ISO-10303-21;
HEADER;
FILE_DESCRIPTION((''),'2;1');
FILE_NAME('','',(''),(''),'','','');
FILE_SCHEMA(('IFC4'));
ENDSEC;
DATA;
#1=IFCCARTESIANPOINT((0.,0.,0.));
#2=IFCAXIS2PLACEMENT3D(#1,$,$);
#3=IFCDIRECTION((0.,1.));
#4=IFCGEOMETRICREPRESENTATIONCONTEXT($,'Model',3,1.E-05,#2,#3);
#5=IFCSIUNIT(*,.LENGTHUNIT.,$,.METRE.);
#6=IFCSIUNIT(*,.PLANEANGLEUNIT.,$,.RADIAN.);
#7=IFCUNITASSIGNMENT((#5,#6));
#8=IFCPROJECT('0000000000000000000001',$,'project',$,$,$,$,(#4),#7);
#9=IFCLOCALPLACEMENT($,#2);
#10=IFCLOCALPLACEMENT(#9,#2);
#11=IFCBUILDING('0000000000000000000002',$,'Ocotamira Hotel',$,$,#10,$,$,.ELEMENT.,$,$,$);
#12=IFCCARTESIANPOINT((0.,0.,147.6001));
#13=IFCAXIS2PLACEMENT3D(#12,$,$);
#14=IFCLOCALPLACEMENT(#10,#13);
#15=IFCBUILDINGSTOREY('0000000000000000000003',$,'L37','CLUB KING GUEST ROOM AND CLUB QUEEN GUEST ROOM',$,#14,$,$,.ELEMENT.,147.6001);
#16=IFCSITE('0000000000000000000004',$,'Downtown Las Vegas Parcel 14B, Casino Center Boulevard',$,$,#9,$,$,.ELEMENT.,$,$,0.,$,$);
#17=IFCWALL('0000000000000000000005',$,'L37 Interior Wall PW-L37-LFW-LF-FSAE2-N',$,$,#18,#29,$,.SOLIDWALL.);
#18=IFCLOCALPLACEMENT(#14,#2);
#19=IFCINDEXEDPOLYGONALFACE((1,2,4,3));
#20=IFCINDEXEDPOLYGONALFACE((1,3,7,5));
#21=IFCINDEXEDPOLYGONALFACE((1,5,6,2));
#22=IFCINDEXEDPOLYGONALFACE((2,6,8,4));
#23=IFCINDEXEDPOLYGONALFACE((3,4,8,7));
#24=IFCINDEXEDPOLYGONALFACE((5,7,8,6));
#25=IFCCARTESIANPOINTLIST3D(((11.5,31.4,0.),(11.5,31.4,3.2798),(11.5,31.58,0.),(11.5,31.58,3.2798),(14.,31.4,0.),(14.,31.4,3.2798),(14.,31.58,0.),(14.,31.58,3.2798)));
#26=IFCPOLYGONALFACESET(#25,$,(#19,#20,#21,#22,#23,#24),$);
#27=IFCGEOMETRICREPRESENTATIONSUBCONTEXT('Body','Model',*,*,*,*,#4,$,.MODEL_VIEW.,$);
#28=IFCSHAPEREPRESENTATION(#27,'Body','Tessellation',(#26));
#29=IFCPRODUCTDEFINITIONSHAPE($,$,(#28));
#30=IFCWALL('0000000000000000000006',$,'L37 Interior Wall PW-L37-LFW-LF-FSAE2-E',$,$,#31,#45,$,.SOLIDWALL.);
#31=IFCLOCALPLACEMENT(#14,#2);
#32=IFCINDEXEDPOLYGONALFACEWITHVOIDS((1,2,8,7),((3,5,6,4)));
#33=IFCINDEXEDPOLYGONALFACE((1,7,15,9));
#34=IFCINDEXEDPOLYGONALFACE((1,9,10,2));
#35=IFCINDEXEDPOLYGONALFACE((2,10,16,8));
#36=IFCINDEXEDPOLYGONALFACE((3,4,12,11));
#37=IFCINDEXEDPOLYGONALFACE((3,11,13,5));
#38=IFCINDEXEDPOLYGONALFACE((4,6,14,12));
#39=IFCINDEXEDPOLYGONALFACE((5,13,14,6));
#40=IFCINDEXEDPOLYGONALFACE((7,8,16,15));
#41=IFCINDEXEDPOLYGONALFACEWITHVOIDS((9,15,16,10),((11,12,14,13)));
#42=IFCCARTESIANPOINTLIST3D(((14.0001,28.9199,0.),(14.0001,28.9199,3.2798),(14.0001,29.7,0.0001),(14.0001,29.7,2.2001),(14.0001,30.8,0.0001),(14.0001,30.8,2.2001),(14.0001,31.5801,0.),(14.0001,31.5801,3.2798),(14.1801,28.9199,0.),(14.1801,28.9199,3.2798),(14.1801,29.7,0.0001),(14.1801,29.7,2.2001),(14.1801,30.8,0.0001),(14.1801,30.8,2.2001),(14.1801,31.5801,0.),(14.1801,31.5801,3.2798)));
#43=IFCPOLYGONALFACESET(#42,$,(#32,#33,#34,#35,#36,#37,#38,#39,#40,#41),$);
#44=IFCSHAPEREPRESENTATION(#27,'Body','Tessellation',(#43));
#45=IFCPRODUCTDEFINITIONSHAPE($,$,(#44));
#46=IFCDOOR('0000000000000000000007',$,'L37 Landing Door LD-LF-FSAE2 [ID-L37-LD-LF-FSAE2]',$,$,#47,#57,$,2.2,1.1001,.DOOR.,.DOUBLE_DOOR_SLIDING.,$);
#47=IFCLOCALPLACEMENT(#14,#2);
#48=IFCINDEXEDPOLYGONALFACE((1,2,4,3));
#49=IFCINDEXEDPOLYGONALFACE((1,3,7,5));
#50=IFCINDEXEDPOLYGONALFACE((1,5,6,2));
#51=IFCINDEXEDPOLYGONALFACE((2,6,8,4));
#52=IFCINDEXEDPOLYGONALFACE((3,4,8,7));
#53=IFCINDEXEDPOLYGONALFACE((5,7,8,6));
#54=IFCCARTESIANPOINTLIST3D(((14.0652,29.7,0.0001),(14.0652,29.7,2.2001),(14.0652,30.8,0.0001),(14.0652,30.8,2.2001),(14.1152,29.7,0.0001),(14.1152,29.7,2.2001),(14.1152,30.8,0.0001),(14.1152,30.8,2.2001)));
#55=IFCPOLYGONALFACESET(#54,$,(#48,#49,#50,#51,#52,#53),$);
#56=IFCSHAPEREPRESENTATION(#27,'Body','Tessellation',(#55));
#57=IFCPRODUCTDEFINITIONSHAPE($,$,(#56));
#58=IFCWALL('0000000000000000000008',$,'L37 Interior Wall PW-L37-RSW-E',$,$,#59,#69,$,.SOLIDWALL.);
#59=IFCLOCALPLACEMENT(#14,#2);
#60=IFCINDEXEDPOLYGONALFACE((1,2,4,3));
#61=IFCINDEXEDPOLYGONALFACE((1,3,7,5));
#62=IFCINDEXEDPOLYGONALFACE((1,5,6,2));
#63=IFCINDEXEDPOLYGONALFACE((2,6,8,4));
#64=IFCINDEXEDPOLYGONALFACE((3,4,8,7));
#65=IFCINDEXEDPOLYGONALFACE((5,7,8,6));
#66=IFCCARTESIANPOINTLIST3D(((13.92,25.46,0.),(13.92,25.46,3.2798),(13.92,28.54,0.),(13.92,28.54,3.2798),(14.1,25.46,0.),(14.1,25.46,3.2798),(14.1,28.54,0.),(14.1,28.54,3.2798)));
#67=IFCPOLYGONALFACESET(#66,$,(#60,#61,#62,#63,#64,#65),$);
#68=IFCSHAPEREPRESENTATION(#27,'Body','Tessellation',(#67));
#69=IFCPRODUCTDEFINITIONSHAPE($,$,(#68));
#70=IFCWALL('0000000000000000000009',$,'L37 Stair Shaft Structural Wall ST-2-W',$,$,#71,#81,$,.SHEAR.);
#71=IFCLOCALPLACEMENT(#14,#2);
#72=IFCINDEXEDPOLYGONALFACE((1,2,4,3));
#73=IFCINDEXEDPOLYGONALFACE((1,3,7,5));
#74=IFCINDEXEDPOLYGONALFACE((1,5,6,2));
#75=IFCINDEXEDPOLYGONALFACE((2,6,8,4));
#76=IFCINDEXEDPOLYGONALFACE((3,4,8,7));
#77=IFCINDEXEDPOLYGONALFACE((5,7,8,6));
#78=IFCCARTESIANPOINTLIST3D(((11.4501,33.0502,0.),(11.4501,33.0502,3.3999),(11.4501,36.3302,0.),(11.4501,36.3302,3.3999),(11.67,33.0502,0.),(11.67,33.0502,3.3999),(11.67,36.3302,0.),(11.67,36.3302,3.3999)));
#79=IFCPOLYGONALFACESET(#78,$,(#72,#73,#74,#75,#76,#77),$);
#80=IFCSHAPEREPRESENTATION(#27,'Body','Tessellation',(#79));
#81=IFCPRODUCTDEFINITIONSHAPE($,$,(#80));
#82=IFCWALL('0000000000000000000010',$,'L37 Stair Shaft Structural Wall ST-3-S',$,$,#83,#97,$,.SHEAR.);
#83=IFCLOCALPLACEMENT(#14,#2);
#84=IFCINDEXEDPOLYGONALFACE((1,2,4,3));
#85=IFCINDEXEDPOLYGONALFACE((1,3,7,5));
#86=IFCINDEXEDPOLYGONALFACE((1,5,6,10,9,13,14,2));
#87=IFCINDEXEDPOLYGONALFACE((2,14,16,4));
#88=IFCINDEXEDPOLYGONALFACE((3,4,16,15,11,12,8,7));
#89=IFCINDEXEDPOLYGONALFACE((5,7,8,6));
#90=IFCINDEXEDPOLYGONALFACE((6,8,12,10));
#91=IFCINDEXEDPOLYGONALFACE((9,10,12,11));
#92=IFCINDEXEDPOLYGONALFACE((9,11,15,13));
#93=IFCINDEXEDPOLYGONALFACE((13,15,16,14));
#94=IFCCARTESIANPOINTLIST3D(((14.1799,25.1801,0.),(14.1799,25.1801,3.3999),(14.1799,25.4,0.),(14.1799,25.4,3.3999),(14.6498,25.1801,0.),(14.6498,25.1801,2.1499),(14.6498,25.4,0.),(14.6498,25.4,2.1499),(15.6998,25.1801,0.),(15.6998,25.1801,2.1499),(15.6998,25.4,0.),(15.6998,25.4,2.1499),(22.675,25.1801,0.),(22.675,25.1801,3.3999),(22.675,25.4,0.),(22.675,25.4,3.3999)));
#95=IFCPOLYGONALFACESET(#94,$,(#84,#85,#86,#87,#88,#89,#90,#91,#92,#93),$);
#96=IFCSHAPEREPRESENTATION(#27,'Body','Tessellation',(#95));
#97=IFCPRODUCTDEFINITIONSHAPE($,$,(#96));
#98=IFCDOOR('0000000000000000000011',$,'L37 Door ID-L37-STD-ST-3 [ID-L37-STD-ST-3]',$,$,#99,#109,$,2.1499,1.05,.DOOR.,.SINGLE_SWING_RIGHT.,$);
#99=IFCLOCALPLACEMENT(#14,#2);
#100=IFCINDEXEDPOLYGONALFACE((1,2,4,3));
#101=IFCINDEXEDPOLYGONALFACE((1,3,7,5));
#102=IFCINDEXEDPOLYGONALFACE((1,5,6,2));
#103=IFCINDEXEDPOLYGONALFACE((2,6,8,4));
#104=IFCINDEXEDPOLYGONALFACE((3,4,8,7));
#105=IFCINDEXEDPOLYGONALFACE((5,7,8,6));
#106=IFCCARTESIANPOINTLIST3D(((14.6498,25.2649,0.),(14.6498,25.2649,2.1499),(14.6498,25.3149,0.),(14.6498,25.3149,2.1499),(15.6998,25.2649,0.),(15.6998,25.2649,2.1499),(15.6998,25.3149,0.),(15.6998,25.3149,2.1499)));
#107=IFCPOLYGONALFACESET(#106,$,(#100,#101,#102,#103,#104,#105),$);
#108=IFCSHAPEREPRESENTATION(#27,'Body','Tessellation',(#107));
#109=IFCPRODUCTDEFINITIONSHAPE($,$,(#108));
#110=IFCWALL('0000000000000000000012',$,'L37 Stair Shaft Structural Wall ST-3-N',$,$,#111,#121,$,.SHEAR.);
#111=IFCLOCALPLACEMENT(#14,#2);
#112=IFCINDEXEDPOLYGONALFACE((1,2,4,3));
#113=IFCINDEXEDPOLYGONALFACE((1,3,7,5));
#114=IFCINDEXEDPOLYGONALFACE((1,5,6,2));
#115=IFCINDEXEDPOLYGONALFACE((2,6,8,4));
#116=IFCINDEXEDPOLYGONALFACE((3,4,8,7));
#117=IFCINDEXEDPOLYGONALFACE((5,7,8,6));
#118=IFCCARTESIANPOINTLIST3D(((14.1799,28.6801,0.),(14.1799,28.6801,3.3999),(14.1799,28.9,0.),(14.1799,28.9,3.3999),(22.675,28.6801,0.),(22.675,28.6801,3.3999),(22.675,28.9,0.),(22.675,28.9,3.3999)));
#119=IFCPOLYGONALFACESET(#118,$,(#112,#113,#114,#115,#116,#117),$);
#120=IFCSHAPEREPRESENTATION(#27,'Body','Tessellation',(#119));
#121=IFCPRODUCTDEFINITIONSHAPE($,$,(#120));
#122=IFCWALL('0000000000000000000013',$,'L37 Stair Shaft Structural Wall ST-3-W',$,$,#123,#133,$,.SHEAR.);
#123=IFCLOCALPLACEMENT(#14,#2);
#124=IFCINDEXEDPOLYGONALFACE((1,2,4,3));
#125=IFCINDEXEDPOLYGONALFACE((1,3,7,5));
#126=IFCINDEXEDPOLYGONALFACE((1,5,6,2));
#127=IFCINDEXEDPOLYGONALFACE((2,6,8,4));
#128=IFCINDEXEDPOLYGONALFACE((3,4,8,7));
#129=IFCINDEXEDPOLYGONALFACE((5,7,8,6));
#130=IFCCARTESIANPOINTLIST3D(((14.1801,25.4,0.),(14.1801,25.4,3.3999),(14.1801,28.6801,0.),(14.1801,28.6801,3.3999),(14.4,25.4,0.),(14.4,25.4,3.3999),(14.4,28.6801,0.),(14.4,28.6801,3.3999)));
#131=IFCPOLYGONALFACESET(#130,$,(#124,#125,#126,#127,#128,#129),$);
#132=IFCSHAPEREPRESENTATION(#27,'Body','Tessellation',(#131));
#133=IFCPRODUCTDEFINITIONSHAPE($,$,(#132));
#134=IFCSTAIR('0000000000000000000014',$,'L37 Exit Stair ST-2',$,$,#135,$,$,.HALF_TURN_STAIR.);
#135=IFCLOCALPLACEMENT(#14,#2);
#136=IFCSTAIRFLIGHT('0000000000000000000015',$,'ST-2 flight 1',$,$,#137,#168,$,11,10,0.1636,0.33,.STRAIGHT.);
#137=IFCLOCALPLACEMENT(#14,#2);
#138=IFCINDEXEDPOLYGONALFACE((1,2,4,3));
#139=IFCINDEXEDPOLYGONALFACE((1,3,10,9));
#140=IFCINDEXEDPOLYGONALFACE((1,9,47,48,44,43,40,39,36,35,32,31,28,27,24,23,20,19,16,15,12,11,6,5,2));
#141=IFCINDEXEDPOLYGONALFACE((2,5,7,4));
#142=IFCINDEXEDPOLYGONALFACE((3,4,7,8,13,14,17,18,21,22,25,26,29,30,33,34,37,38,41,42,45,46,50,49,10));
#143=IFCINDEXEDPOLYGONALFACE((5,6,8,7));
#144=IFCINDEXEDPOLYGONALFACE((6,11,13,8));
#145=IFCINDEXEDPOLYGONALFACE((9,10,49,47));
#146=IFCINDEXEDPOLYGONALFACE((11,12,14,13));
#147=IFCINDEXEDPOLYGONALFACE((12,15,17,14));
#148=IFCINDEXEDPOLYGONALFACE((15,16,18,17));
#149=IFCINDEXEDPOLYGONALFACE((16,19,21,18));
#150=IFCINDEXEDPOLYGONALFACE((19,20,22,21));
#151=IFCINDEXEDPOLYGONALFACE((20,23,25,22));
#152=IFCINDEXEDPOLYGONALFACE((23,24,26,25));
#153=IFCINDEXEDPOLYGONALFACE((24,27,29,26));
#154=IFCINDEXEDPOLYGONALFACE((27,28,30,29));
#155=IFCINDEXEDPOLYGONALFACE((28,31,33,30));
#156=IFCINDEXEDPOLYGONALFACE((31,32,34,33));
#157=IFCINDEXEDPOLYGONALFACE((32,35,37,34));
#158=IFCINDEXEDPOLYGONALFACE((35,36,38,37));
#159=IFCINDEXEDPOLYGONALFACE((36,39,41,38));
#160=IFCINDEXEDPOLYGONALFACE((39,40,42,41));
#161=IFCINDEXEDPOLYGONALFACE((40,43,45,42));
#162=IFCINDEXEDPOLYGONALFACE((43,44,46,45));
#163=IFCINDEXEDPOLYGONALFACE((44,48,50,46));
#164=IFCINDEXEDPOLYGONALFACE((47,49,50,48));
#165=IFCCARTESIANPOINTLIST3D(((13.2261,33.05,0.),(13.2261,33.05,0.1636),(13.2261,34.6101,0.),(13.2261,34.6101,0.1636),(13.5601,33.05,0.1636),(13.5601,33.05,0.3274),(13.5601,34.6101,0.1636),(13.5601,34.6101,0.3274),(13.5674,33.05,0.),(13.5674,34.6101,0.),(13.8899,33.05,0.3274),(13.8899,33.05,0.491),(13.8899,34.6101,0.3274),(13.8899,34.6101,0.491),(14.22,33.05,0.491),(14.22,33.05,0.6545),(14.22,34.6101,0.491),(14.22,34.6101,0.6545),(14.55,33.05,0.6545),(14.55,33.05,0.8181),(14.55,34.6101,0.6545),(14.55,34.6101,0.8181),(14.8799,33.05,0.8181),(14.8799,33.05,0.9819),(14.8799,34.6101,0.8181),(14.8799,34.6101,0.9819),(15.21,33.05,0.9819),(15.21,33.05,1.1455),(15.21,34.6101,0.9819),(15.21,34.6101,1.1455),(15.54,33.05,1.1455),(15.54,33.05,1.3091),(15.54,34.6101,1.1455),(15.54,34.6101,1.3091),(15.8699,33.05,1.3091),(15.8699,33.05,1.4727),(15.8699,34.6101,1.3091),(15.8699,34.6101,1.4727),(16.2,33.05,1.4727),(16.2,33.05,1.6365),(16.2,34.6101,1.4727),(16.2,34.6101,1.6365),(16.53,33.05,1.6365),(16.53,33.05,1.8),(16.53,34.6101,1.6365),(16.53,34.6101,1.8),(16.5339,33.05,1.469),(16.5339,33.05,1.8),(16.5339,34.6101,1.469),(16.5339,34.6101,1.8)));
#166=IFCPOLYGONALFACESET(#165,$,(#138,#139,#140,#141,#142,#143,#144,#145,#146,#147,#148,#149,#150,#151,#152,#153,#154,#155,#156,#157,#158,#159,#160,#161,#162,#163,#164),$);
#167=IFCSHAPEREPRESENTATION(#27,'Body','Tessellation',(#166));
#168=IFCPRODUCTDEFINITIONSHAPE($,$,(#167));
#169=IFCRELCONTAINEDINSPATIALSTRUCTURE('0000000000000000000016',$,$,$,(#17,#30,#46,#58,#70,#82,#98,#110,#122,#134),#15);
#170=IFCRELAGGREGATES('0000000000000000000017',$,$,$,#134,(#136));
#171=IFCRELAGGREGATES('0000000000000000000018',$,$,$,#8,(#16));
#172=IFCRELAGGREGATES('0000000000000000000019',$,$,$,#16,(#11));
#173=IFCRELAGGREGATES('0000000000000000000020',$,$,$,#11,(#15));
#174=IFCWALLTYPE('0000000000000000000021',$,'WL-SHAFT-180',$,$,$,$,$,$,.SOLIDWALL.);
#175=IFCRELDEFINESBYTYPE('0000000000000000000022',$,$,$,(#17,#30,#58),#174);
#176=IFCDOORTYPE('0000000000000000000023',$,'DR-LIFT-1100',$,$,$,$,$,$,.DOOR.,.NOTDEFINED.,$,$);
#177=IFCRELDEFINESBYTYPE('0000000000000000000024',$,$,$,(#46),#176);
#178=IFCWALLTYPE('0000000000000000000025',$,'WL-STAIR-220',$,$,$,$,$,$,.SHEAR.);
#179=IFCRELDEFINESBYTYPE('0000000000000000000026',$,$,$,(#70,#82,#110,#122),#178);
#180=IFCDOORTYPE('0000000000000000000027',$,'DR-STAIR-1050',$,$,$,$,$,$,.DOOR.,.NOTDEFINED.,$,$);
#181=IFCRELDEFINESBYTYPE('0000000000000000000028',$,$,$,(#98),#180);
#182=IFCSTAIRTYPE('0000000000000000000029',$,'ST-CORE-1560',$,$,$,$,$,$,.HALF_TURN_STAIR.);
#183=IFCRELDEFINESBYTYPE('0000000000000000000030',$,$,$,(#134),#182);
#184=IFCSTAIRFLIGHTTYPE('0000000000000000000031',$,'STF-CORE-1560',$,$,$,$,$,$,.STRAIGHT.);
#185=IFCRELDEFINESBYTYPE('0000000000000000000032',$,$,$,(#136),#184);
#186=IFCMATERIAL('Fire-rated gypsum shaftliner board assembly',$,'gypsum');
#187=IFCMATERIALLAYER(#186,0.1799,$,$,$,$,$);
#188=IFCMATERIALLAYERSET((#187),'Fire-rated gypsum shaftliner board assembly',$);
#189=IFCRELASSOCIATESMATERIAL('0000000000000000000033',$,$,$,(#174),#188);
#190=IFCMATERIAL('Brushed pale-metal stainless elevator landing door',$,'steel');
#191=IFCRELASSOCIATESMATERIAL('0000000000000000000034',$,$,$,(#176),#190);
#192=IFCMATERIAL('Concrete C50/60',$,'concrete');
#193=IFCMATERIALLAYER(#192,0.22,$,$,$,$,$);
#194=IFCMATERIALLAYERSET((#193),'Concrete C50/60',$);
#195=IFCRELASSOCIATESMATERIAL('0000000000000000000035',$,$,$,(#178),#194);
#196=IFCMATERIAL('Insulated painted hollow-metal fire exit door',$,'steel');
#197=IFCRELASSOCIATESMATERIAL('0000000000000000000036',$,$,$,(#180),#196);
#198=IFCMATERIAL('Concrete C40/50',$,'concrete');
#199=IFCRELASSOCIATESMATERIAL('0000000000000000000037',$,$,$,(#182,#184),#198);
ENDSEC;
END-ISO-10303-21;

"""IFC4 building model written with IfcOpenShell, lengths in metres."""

from ifc_helpers import new_model, si_unit, direction, frame, frame_2d, origin, place, context, subcontext, project, spatial, polyline, rectangle, outline, extrude, source, transform, mapped, material, layer, layer_set, type_object, element, fill, aggregate, save


model = new_model("IFC4")

# Units and contexts
model_context = context("Model", 3, precision=1e-05, world=origin(), true_north=direction((0.0, 1.0)))
body_context = subcontext(model_context, "Body", "Model", "MODEL_VIEW")
ifc_project = project(units=[si_unit("LENGTHUNIT", "METRE"), si_unit("PLANEANGLEUNIT", "RADIAN")], contexts=[model_context])

# Site, building, storey
site_placement = place(None, origin())
site = spatial("IfcSite", under=ifc_project, at=site_placement, Name="Downtown Las Vegas Parcel 14B, Casino Center Boulevard", CompositionType="ELEMENT", RefElevation=0.0)
building_placement = place(site_placement, origin())
building = spatial("IfcBuilding", under=site, at=building_placement, Name="Ocotamira Hotel", CompositionType="ELEMENT")
storey_placement = place(building_placement, frame((0.0, 0.0, 147.6001)))
storey = spatial("IfcBuildingStorey", under=building, at=storey_placement, Name="L37", Description="CLUB KING GUEST ROOM AND CLUB QUEEN GUEST ROOM", CompositionType="ELEMENT", Elevation=147.6001)

# Wall
ifc_material_1 = material(Name="Fire-rated gypsum shaftliner board assembly", Category="gypsum")
ifc_layer_1 = layer(ifc_material_1, 0.1799)
ifc_layer_set_1 = layer_set([ifc_layer_1], Name="Fire-rated gypsum shaftliner board assembly")
wall_type_1 = type_object("IfcWallType", Name="WL-SHAFT-180", PredefinedType="SOLIDWALL", material=ifc_layer_set_1)
wall_1_placement = place(storey_placement, frame((11.5, 31.49, 0.0), z_axis=(0.0, 0.0, 1.0), x_axis=(1.0, 0.0, 0.0)))
element("IfcWall", 1, at=wall_1_placement, inside=storey, type_object=wall_type_1, Name="L37 Interior Wall PW-L37-LFW-LF-FSAE2-N", PredefinedType="SOLIDWALL", context=body_context, shape_type="SweptSolid", body=[
    extrude(rectangle(XDim=2.5, YDim=0.1799, at=frame_2d((1.25, 0.0))), origin(), (0.0, 0.0, 1.0), 3.2798),
])

# Wall, opening, door
wall_2_placement = place(storey_placement, frame((14.0901, 28.9199, 0.0), z_axis=(0.0, 0.0, 1.0), x_axis=(0.0, 1.0, 0.0)))
wall_2 = element("IfcWall", 2, at=wall_2_placement, inside=storey, type_object=wall_type_1, Name="L37 Interior Wall PW-L37-LFW-LF-FSAE2-E", PredefinedType="SOLIDWALL", context=body_context, shape_type="SweptSolid", body=[
    extrude(rectangle(XDim=2.6602, YDim=0.1799, at=frame_2d((1.3301, 0.0))), origin(), (0.0, 0.0, 1.0), 3.2798),
])
opening_1_placement = place(wall_2_placement, frame((0.78, 0.0, 0.0)))
opening_1 = element("IfcOpeningElement", 3, at=opening_1_placement, cuts=wall_2, PredefinedType="OPENING", context=body_context, shape_type="SweptSolid", body=[
    extrude(rectangle(XDim=1.1001, YDim=2.2, at=frame_2d((0.55, 1.1001))), frame((0.0, 0.1001, 0.0), z_axis=(0.0, -1.0, 0.0), x_axis=(1.0, 0.0, 0.0)), (0.0, 0.0, 1.0), 0.2),
])
ifc_material_2 = material(Name="Brushed pale-metal stainless elevator landing door", Category="steel")
door_type_1 = type_object("IfcDoorType", Name="DR-LIFT-1100", OperationType="NOTDEFINED", PredefinedType="DOOR", material=ifc_material_2)
shared_shape_1 = source(origin(), body_context, "Body", "SweptSolid", [
    extrude(rectangle(XDim=1.1001, YDim=2.2, at=frame_2d((0.55, 1.1001))), frame((0.0, 0.0249, 0.0), z_axis=(0.0, -1.0, 0.0), x_axis=(1.0, 0.0, 0.0)), (0.0, 0.0, 1.0), 0.05),
])
door_1_placement = place(opening_1_placement, origin())
door_1 = element("IfcDoor", 4, at=door_1_placement, inside=storey, type_object=door_type_1, Name="L37 Landing Door LD-LF-FSAE2 [ID-L37-LD-LF-FSAE2]", OperationType="DOUBLE_DOOR_SLIDING", OverallHeight=2.2, OverallWidth=1.1001, PredefinedType="DOOR", context=body_context, shape_type="MappedRepresentation", body=[
    mapped(shared_shape_1, transform((0.0, 0.0, 0.0), scale=1.0)),
])
fill(opening_1, door_1)

# Walls
wall_3_placement = place(storey_placement, frame((14.01, 25.46, 0.0), z_axis=(0.0, 0.0, 1.0), x_axis=(0.0, 1.0, 0.0)))
element("IfcWall", 5, at=wall_3_placement, inside=storey, type_object=wall_type_1, Name="L37 Interior Wall PW-L37-RSW-E", PredefinedType="SOLIDWALL", context=body_context, shape_type="SweptSolid", body=[
    extrude(rectangle(XDim=3.0801, YDim=0.1799, at=frame_2d((1.54, 0.0))), origin(), (0.0, 0.0, 1.0), 3.2798),
])
ifc_material_3 = material(Name="Concrete C50/60", Category="concrete")
ifc_layer_2 = layer(ifc_material_3, 0.22)
ifc_layer_set_2 = layer_set([ifc_layer_2], Name="Concrete C50/60")
wall_type_2 = type_object("IfcWallType", Name="WL-STAIR-220", PredefinedType="SHEAR", material=ifc_layer_set_2)
wall_4_placement = place(storey_placement, frame((11.5601, 33.05, 0.0), z_axis=(0.0, 0.0, 1.0), x_axis=(0.0, 1.0, 0.0)))
element("IfcWall", 6, at=wall_4_placement, inside=storey, type_object=wall_type_2, Name="L37 Stair Shaft Structural Wall ST-2-W", PredefinedType="SHEAR", context=body_context, shape_type="SweptSolid", body=[
    extrude(rectangle(XDim=3.28, YDim=0.22, at=frame_2d((1.6401, 0.0))), origin(), (0.0, 0.0, 1.0), 3.3999),
])

# Wall, opening, door
wall_5_placement = place(storey_placement, frame((14.1799, 25.29, 0.0), z_axis=(0.0, 0.0, 1.0), x_axis=(1.0, 0.0, 0.0)))
wall_5 = element("IfcWall", 7, at=wall_5_placement, inside=storey, type_object=wall_type_2, Name="L37 Stair Shaft Structural Wall ST-3-S", PredefinedType="SHEAR", context=body_context, shape_type="SweptSolid", body=[
    extrude(rectangle(XDim=8.4951, YDim=0.22, at=frame_2d((4.2476, 0.0))), origin(), (0.0, 0.0, 1.0), 3.3999),
])
opening_2_placement = place(wall_5_placement, frame((0.47, 0.0, 0.0)))
opening_2 = element("IfcOpeningElement", 8, at=opening_2_placement, cuts=wall_5, PredefinedType="OPENING", context=body_context, shape_type="SweptSolid", body=[
    extrude(rectangle(XDim=1.05, YDim=2.1499, at=frame_2d((0.5249, 1.075))), frame((0.0, 0.1201, 0.0), z_axis=(0.0, -1.0, 0.0), x_axis=(1.0, 0.0, 0.0)), (0.0, 0.0, 1.0), 0.24),
])
ifc_material_4 = material(Name="Insulated painted hollow-metal fire exit door", Category="steel")
door_type_2 = type_object("IfcDoorType", Name="DR-STAIR-1050", OperationType="NOTDEFINED", PredefinedType="DOOR", material=ifc_material_4)
shared_shape_2 = source(origin(), body_context, "Body", "SweptSolid", [
    extrude(rectangle(XDim=1.05, YDim=2.1499, at=frame_2d((0.5249, 1.075))), frame((0.0, 0.0249, 0.0), z_axis=(0.0, -1.0, 0.0), x_axis=(1.0, 0.0, 0.0)), (0.0, 0.0, 1.0), 0.05),
])
door_2_placement = place(opening_2_placement, origin())
door_2 = element("IfcDoor", 9, at=door_2_placement, inside=storey, type_object=door_type_2, Name="L37 Door ID-L37-STD-ST-3 [ID-L37-STD-ST-3]", OperationType="SINGLE_SWING_RIGHT", OverallHeight=2.1499, OverallWidth=1.05, PredefinedType="DOOR", context=body_context, shape_type="MappedRepresentation", body=[
    mapped(shared_shape_2, transform((0.0, 0.0, 0.0), scale=1.0)),
])
fill(opening_2, door_2)

# Walls
wall_6_placement = place(storey_placement, frame((14.1799, 28.79, 0.0), z_axis=(0.0, 0.0, 1.0), x_axis=(1.0, 0.0, 0.0)))
element("IfcWall", 10, at=wall_6_placement, inside=storey, type_object=wall_type_2, Name="L37 Stair Shaft Structural Wall ST-3-N", PredefinedType="SHEAR", context=body_context, shape_type="SweptSolid", body=[
    extrude(rectangle(XDim=8.4951, YDim=0.22, at=frame_2d((4.2476, 0.0))), origin(), (0.0, 0.0, 1.0), 3.3999),
])
wall_7_placement = place(storey_placement, frame((14.29, 25.3999, 0.0), z_axis=(0.0, 0.0, 1.0), x_axis=(0.0, 1.0, 0.0)))
element("IfcWall", 11, at=wall_7_placement, inside=storey, type_object=wall_type_2, Name="L37 Stair Shaft Structural Wall ST-3-W", PredefinedType="SHEAR", context=body_context, shape_type="SweptSolid", body=[
    extrude(rectangle(XDim=3.28, YDim=0.22, at=frame_2d((1.6401, 0.0))), origin(), (0.0, 0.0, 1.0), 3.3999),
])

# Stair, stair flight
ifc_material_5 = material(Name="Concrete C40/50", Category="concrete")
stair_type = type_object("IfcStairType", Name="ST-CORE-1560", PredefinedType="HALF_TURN_STAIR", material=ifc_material_5)
stair_1_placement = place(storey_placement, origin())
stair_1 = element("IfcStair", 12, at=stair_1_placement, inside=storey, type_object=stair_type, Name="L37 Exit Stair ST-2", PredefinedType="HALF_TURN_STAIR")
stair_flight_type = type_object("IfcStairFlightType", Name="STF-CORE-1560", PredefinedType="STRAIGHT", material=ifc_material_5)
shared_shape_3 = source(origin(), body_context, "Body", "SweptSolid", [
    extrude(outline(polyline([(-0.0039, 0.0), (-0.0039, 0.1636), (0.3301, 0.1636), (0.3301, 0.3274), (0.6599, 0.3274), (0.6599, 0.491), (0.99, 0.491), (0.99, 0.6545), (1.3201, 0.6545), (1.3201, 0.8181), (1.6499, 0.8181), (1.6499, 0.9819), (1.98, 0.9819), (1.98, 1.1455), (2.3101, 1.1455), (2.3101, 1.3091), (2.6399, 1.3091), (2.6399, 1.4727), (2.97, 1.4727), (2.97, 1.6365), (3.3, 1.6365), (3.3, 1.8), (3.304, 1.8), (3.304, 1.469), (0.3374, 0.0), (-0.0039, 0.0)])), frame((0.0, 0.78, 0.0), z_axis=(0.0, -1.0, 0.0), x_axis=(1.0, 0.0, 0.0)), (0.0, 0.0, 1.0), 1.5601),
])
stair_flight_1_placement = place(storey_placement, frame((13.23, 33.8301, 0.0), z_axis=(0.0, 0.0, 1.0), x_axis=(1.0, 0.0, 0.0)))
stair_flight_1 = element("IfcStairFlight", 13, at=stair_flight_1_placement, type_object=stair_flight_type, Name="ST-2 flight 1", NumberOfRisers=11, NumberOfTreads=10, PredefinedType="STRAIGHT", RiserHeight=0.1636, TreadLength=0.33, context=body_context, shape_type="MappedRepresentation", body=[
    mapped(shared_shape_3, transform((0.0, 0.0, 0.0), scale=1.0)),
])
aggregate(stair_1, [stair_flight_1])

save(model, "model.ifc")
